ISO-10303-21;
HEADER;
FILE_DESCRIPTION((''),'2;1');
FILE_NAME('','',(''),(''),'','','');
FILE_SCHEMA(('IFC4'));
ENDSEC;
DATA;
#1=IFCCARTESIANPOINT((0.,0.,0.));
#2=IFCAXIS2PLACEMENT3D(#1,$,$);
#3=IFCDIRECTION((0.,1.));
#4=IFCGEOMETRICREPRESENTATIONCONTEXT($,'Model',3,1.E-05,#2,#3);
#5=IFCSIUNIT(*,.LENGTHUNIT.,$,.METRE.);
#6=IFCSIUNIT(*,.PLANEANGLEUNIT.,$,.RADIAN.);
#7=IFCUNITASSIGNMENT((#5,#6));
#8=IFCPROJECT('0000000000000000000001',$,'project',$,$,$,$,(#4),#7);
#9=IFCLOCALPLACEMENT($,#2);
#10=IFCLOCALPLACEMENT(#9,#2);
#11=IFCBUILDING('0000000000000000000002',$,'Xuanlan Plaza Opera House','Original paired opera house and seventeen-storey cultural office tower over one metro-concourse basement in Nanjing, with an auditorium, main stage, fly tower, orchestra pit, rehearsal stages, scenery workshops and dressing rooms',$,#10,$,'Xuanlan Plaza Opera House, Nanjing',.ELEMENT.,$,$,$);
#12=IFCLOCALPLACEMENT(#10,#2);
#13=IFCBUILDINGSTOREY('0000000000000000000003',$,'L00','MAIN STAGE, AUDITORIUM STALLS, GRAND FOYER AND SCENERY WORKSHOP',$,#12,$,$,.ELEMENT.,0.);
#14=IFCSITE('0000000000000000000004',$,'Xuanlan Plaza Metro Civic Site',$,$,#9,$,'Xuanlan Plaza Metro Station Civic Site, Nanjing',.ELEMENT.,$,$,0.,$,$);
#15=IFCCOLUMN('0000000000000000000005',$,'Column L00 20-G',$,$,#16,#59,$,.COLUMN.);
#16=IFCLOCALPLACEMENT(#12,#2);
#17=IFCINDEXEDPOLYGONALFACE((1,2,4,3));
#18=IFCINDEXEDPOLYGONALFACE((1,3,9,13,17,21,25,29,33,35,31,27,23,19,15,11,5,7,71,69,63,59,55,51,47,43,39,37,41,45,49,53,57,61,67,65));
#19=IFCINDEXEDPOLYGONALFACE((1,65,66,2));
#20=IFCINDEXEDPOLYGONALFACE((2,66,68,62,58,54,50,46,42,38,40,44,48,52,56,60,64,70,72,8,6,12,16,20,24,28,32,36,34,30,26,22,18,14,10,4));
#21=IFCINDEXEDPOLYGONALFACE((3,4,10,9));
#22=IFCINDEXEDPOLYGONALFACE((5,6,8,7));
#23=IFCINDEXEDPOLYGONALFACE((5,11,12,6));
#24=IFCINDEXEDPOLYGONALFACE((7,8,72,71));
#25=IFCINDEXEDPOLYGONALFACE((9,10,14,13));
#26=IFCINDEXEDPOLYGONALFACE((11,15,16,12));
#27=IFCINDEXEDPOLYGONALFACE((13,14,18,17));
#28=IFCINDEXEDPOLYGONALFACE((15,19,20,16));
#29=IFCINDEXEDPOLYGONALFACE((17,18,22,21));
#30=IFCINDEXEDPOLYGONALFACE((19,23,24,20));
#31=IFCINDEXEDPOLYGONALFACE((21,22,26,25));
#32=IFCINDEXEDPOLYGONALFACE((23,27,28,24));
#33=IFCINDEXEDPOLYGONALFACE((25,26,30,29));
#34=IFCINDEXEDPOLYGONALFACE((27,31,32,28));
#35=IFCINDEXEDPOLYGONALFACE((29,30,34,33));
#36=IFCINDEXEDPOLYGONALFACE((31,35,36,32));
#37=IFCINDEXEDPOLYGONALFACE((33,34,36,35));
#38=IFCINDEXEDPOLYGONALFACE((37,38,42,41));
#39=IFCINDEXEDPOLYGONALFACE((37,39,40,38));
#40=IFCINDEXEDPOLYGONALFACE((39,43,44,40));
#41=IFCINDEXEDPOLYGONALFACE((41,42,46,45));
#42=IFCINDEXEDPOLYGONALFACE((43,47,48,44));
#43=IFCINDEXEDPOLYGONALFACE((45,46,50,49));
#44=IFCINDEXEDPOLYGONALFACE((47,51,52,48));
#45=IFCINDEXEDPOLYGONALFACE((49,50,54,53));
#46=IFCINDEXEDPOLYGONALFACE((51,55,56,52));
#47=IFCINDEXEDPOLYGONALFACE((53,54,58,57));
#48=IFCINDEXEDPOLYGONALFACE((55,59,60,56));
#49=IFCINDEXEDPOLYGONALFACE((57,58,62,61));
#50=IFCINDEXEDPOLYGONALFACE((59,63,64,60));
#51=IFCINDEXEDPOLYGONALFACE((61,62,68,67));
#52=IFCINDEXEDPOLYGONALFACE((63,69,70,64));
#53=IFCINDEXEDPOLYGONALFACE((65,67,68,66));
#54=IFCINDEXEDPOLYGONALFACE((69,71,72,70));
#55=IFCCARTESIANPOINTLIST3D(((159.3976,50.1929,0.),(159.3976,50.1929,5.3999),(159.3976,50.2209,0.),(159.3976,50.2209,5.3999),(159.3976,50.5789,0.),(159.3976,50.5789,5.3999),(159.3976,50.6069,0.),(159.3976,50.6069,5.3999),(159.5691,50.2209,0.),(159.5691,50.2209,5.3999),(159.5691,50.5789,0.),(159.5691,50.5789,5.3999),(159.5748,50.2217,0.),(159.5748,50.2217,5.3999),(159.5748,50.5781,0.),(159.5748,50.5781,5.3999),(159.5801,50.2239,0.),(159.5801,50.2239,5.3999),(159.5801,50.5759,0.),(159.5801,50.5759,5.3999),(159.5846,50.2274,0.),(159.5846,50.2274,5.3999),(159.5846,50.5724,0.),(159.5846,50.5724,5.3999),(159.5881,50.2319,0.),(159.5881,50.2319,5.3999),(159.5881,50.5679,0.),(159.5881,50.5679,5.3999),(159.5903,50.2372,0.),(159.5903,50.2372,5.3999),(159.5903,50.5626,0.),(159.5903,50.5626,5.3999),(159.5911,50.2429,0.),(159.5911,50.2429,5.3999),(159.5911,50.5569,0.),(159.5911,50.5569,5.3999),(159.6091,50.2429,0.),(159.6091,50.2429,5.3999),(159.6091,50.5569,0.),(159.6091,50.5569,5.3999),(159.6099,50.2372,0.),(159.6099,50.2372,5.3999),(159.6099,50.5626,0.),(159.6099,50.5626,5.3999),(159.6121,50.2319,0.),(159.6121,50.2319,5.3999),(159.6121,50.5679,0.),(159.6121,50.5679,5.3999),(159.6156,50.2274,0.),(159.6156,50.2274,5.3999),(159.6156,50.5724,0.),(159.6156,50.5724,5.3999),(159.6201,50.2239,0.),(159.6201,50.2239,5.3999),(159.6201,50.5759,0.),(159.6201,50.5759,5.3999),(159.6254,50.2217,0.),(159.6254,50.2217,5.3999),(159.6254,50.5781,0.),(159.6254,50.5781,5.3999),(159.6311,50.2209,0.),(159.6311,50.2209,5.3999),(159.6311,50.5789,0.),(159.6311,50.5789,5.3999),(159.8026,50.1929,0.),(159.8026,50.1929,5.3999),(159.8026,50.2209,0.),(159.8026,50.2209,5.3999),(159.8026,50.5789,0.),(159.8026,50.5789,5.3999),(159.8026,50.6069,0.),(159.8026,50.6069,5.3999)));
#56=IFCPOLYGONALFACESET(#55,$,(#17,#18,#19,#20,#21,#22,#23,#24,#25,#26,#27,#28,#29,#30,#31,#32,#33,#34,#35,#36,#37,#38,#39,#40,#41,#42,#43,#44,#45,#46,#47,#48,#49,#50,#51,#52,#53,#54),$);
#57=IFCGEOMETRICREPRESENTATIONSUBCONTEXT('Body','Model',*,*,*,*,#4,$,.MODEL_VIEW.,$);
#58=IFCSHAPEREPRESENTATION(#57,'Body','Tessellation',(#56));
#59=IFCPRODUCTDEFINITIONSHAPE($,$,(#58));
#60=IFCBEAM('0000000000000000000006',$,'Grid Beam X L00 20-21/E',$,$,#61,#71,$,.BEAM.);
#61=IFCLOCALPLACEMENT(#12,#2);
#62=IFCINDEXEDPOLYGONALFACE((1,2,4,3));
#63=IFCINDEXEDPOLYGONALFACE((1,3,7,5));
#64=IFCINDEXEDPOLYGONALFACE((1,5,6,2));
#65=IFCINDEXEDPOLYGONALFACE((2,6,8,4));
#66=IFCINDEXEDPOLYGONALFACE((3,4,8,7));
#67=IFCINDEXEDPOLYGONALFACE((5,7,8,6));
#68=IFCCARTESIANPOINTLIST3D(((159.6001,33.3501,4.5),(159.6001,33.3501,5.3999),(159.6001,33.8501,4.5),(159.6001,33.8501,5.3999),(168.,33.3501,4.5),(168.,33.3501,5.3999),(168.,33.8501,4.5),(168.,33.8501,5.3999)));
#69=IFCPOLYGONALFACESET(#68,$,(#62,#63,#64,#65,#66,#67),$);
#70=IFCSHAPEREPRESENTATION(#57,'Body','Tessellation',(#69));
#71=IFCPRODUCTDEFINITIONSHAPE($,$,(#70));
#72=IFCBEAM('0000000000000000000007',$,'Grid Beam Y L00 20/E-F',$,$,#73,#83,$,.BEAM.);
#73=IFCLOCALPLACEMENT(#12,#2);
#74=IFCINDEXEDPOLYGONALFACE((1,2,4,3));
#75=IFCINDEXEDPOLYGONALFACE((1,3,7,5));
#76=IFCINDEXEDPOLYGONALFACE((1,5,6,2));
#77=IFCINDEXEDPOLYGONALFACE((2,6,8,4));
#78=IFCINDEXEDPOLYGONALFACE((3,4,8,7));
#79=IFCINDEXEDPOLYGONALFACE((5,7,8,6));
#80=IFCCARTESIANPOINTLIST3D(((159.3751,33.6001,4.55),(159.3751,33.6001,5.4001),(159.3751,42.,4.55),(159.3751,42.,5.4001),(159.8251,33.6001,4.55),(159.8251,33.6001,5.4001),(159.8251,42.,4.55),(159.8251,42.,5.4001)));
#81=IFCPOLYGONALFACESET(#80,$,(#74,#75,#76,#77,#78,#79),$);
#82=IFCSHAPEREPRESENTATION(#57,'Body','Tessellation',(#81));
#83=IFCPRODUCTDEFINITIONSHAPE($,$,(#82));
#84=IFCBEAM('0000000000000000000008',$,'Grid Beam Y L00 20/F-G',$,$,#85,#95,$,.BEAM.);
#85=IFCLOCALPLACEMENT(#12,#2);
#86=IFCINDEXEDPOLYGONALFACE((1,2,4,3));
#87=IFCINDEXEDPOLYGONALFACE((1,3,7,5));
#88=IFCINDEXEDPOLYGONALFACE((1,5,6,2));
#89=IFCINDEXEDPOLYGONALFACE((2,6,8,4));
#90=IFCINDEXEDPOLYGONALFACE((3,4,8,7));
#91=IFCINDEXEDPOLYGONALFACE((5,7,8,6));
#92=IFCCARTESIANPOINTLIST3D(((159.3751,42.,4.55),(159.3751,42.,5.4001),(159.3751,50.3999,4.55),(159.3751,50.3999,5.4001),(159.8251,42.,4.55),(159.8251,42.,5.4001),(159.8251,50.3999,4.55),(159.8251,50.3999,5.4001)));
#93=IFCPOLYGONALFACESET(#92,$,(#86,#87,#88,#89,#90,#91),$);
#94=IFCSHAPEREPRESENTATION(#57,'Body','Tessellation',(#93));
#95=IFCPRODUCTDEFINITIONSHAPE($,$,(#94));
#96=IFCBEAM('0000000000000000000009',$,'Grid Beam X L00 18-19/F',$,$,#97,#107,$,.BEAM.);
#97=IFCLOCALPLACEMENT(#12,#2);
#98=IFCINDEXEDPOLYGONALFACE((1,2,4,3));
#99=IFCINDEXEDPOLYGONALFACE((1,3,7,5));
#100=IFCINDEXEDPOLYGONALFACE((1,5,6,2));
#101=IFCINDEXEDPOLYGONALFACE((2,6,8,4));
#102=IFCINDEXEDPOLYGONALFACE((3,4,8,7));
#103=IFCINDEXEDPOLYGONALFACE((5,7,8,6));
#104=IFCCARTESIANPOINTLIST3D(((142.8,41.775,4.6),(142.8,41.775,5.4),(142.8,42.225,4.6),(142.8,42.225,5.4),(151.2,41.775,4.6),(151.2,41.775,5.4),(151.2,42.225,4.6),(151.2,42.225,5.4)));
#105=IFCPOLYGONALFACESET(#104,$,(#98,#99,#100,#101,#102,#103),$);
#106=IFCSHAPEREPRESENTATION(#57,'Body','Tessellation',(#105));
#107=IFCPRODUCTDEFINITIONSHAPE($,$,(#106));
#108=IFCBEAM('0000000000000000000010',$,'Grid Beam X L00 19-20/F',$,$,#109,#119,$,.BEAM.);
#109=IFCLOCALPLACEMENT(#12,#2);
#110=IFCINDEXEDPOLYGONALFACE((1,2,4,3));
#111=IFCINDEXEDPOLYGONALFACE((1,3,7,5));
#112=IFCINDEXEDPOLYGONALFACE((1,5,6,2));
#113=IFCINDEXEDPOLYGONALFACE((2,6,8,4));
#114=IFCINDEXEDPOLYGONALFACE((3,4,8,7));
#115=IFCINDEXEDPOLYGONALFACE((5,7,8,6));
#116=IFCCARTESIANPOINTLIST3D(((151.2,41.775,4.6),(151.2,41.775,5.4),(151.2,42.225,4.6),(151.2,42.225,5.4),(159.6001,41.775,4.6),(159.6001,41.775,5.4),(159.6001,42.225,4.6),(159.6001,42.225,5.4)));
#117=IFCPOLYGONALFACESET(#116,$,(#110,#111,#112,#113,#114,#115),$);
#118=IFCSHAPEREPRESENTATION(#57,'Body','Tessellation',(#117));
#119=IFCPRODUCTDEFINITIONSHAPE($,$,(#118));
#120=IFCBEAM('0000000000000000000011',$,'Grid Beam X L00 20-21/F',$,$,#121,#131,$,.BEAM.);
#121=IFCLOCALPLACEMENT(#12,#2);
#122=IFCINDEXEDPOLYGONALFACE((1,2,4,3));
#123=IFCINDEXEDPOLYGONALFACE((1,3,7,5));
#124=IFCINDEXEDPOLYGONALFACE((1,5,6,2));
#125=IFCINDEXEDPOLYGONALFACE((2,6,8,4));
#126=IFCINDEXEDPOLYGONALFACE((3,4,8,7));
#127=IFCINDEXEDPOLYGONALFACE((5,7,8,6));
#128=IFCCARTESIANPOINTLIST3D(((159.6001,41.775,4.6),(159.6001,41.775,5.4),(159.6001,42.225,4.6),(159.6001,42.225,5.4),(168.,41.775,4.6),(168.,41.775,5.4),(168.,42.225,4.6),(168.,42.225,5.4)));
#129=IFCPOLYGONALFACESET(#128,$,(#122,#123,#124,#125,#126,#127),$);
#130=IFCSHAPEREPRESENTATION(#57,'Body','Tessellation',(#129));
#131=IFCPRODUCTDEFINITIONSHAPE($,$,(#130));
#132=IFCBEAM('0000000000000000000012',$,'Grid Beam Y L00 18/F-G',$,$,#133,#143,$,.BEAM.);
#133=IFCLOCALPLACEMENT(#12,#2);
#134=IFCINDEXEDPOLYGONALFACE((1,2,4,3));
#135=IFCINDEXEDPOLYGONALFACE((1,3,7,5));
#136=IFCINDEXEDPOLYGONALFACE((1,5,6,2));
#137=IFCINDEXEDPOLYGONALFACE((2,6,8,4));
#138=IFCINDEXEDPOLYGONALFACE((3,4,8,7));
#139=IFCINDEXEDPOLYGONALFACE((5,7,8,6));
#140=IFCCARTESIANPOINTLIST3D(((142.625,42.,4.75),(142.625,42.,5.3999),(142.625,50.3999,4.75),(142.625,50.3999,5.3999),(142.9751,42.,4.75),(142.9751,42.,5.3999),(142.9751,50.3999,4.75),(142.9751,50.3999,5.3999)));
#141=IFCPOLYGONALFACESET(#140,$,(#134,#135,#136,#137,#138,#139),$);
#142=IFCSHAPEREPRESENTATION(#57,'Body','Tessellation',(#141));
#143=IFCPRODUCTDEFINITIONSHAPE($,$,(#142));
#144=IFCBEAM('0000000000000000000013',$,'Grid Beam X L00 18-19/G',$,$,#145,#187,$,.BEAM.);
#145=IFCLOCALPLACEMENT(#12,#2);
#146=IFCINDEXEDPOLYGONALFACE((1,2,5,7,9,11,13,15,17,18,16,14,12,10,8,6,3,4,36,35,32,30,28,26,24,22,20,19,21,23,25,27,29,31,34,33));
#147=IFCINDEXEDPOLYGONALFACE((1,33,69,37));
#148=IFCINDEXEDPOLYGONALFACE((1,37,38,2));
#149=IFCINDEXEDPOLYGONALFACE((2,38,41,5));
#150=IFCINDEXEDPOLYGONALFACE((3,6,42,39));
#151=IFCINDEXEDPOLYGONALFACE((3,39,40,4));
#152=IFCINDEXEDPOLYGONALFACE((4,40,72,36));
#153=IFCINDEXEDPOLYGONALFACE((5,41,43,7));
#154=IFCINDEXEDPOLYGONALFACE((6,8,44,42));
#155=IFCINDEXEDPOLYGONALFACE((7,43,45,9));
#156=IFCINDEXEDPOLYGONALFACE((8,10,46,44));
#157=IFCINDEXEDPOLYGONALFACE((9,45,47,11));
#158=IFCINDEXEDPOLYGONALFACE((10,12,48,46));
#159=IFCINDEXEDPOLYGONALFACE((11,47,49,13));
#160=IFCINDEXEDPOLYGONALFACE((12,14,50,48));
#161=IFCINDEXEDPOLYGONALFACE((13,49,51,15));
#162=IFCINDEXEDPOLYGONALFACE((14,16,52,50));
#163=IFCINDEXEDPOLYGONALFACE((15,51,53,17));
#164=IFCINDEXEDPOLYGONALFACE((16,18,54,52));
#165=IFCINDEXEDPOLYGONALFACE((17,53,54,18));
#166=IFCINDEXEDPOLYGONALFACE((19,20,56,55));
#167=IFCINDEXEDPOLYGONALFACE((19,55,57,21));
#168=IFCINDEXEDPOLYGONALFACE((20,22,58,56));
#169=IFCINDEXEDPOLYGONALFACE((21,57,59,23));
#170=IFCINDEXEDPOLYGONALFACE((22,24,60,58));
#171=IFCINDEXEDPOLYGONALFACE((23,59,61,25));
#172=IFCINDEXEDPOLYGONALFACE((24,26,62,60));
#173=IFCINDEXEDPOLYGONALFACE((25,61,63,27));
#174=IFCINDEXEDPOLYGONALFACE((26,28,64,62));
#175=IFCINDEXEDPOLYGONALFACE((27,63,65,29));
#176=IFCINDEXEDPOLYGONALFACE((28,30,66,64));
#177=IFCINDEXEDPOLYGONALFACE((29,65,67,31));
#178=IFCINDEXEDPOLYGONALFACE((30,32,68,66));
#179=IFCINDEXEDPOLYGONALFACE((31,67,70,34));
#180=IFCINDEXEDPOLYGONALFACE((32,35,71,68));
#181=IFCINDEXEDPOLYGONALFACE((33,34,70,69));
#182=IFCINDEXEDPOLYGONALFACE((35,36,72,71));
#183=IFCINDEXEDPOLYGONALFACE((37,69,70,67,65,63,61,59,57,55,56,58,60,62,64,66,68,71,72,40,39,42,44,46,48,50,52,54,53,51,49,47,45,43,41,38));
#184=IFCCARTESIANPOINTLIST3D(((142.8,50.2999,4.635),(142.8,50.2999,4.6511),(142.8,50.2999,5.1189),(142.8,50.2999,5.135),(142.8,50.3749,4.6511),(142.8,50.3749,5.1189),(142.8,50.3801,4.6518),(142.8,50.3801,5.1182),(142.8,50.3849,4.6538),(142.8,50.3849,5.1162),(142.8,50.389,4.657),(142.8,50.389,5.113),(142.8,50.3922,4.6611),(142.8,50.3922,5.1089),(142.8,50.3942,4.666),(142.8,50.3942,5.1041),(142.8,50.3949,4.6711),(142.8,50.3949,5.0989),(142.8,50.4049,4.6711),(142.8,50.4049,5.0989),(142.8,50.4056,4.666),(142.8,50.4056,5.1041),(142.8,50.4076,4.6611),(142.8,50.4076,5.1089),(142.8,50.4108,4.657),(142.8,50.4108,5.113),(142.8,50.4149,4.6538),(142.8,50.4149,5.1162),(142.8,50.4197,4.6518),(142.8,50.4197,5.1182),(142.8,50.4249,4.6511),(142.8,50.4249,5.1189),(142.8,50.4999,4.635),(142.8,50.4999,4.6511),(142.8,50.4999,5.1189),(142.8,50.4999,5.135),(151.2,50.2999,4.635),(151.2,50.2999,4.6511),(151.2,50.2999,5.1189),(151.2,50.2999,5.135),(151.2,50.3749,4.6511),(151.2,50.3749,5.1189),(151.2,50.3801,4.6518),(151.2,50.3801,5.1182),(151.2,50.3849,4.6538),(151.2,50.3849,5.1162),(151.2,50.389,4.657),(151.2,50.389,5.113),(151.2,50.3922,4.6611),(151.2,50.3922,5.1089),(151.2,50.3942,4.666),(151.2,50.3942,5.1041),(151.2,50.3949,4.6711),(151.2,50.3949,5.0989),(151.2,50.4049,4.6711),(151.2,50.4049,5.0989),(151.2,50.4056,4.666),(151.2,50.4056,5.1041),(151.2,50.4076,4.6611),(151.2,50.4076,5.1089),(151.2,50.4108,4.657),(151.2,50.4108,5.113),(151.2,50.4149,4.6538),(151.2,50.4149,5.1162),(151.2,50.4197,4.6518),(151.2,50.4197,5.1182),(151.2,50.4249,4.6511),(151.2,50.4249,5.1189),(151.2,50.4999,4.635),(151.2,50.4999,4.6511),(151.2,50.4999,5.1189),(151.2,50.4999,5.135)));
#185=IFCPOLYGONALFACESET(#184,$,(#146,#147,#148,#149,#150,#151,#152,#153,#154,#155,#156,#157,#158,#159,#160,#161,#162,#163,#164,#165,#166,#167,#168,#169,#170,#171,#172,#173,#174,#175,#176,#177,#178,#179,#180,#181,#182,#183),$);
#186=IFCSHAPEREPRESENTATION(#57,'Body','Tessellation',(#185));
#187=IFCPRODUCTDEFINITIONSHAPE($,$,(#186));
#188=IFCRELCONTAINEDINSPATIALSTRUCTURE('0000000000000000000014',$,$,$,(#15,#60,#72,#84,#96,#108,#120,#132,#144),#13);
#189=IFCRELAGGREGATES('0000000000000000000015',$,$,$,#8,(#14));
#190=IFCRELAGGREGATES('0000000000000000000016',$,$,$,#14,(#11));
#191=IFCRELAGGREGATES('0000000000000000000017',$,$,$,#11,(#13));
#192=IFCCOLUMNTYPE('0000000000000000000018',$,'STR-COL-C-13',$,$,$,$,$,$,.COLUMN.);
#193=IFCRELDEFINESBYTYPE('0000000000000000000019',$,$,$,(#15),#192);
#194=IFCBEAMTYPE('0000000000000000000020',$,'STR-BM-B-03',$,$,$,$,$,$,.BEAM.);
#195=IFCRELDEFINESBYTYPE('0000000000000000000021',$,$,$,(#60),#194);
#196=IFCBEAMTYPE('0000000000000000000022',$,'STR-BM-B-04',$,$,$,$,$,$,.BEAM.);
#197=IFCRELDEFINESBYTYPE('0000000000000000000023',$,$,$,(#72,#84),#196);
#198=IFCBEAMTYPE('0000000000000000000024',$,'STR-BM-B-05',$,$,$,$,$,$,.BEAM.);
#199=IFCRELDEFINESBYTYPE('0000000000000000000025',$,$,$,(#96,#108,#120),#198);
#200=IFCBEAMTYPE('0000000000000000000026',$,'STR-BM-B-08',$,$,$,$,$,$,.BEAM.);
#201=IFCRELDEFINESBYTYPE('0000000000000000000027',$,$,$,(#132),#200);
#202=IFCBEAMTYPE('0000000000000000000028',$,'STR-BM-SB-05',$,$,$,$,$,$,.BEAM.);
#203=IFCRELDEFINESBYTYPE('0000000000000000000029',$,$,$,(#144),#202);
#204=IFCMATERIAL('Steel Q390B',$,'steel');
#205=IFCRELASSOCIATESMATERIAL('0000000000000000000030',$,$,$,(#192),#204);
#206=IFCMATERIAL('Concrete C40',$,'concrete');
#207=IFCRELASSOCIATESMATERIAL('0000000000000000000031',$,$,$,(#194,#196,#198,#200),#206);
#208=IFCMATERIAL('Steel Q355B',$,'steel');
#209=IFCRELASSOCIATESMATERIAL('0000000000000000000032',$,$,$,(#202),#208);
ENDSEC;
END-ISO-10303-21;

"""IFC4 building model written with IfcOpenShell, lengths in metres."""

from ifc_helpers import new_model, si_unit, direction, frame, origin, origin_2d, place, context, subcontext, project, spatial, rectangle, i_section, extrude, material, material_profile, profile_set, type_object, element, save


model = new_model("IFC4")

# Units and contexts
model_context = context("Model", 3, precision=1e-05, world=origin(), true_north=direction((0.0, 1.0)))
body_context = subcontext(model_context, "Body", "Model", "MODEL_VIEW")
ifc_project = project(units=[si_unit("LENGTHUNIT", "METRE"), si_unit("PLANEANGLEUNIT", "RADIAN")], contexts=[model_context])

# Site, building, storey
site_placement = place(None, origin())
site = spatial("IfcSite", under=ifc_project, at=site_placement, Name="Xuanlan Plaza Metro Civic Site", LongName="Xuanlan Plaza Metro Station Civic Site, Nanjing", CompositionType="ELEMENT", RefElevation=0.0)
building_placement = place(site_placement, origin())
building = spatial("IfcBuilding", under=site, at=building_placement, Name="Xuanlan Plaza Opera House", Description="Original paired opera house and seventeen-storey cultural office tower over one metro-concourse basement in Nanjing, with an auditorium, main stage, fly tower, orchestra pit, rehearsal stages, scenery workshops and dressing rooms", LongName="Xuanlan Plaza Opera House, Nanjing", CompositionType="ELEMENT")
storey_placement = place(building_placement, origin())
storey = spatial("IfcBuildingStorey", under=building, at=storey_placement, Name="L00", Description="MAIN STAGE, AUDITORIUM STALLS, GRAND FOYER AND SCENERY WORKSHOP", CompositionType="ELEMENT", Elevation=0.0)

# Column
ifc_material_1 = material(Name="Steel Q390B", Category="steel")
ifc_material_profile_1 = material_profile(ifc_material_1, i_section(OverallWidth=0.405, OverallDepth=0.4141, WebThickness=0.0181, FlangeThickness=0.0281, FilletRadius=0.022, at=origin_2d()), Name="HW 414x405x18x28")
ifc_profile_set_1 = profile_set([ifc_material_profile_1], Name="Steel Q390B")
column_type_1 = type_object("IfcColumnType", Name="STR-COL-C-13", PredefinedType="COLUMN", material=ifc_profile_set_1)
for number, where, z_axis, x_axis, name in (
    (1, (159.6001, 50.3999, 0.0), (0.0, 0.0, 1.0), (1.0, 0.0, 0.0), "Column L00 20-G"),
):
    element("IfcColumn", number, at=place(storey_placement, frame(where, z_axis=z_axis, x_axis=x_axis)), inside=storey, type_object=column_type_1, Name=name, PredefinedType="COLUMN", context=body_context, shape_type="SweptSolid", body=[
        extrude(i_section(OverallWidth=0.405, OverallDepth=0.4141, WebThickness=0.0181, FlangeThickness=0.0281, FilletRadius=0.022, at=origin_2d()), origin(), (0.0, 0.0, 1.0), 5.3999),
    ])

# Beams
ifc_material_2 = material(Name="Concrete C40", Category="concrete")
ifc_material_profile_2 = material_profile(ifc_material_2, rectangle(XDim=0.5, YDim=0.8999, at=origin_2d()), Name="RC-BM 500x900")
ifc_profile_set_2 = profile_set([ifc_material_profile_2], Name="Concrete C40")
beam_type_1 = type_object("IfcBeamType", Name="STR-BM-B-03", PredefinedType="BEAM", material=ifc_profile_set_2)
beam_1_placement = place(storey_placement, frame((159.6001, 33.6001, 4.95), z_axis=(1.0, 0.0, 0.0), x_axis=(0.0, 1.0, 0.0)))
element("IfcBeam", 2, at=beam_1_placement, inside=storey, type_object=beam_type_1, Name="Grid Beam X L00 20-21/E", PredefinedType="BEAM", context=body_context, shape_type="SweptSolid", body=[
    extrude(rectangle(XDim=0.5, YDim=0.8999, at=origin_2d()), origin(), (0.0, 0.0, 1.0), 8.3999),
])
ifc_material_profile_3 = material_profile(ifc_material_2, rectangle(XDim=0.45, YDim=0.8501, at=origin_2d()), Name="RC-BM 450x850")
ifc_profile_set_3 = profile_set([ifc_material_profile_3], Name="Concrete C40")
beam_type_2 = type_object("IfcBeamType", Name="STR-BM-B-04", PredefinedType="BEAM", material=ifc_profile_set_3)
for number, where, z_axis, x_axis, name in (
    (3, (159.6001, 33.6001, 4.9751), (0.0, 1.0, 0.0), (-1.0, 0.0, 0.0), "Grid Beam Y L00 20/E-F"),
    (4, (159.6001, 42.0, 4.9751), (0.0, 1.0, 0.0), (-1.0, 0.0, 0.0), "Grid Beam Y L00 20/F-G"),
):
    element("IfcBeam", number, at=place(storey_placement, frame(where, z_axis=z_axis, x_axis=x_axis)), inside=storey, type_object=beam_type_2, Name=name, PredefinedType="BEAM", context=body_context, shape_type="SweptSolid", body=[
        extrude(rectangle(XDim=0.45, YDim=0.8501, at=origin_2d()), origin(), (0.0, 0.0, 1.0), 8.3999),
    ])
ifc_material_profile_4 = material_profile(ifc_material_2, rectangle(XDim=0.45, YDim=0.8, at=origin_2d()), Name="RC-BM 450x800")
ifc_profile_set_4 = profile_set([ifc_material_profile_4], Name="Concrete C40")
beam_type_3 = type_object("IfcBeamType", Name="STR-BM-B-05", PredefinedType="BEAM", material=ifc_profile_set_4)
beam_2_placement = place(storey_placement, frame((142.8, 42.0, 5.0), z_axis=(1.0, 0.0, 0.0), x_axis=(0.0, 1.0, 0.0)))
element("IfcBeam", 5, at=beam_2_placement, inside=storey, type_object=beam_type_3, Name="Grid Beam X L00 18-19/F", PredefinedType="BEAM", context=body_context, shape_type="SweptSolid", body=[
    extrude(rectangle(XDim=0.45, YDim=0.8, at=origin_2d()), origin(), (0.0, 0.0, 1.0), 8.3999),
])
beam_3_placement = place(storey_placement, frame((151.2, 42.0, 5.0), z_axis=(1.0, 0.0, 0.0), x_axis=(0.0, 1.0, 0.0)))
element("IfcBeam", 6, at=beam_3_placement, inside=storey, type_object=beam_type_3, Name="Grid Beam X L00 19-20/F", PredefinedType="BEAM", context=body_context, shape_type="SweptSolid", body=[
    extrude(rectangle(XDim=0.45, YDim=0.8, at=origin_2d()), origin(), (0.0, 0.0, 1.0), 8.4001),
])
beam_4_placement = place(storey_placement, frame((159.6001, 42.0, 5.0), z_axis=(1.0, 0.0, 0.0), x_axis=(0.0, 1.0, 0.0)))
element("IfcBeam", 7, at=beam_4_placement, inside=storey, type_object=beam_type_3, Name="Grid Beam X L00 20-21/F", PredefinedType="BEAM", context=body_context, shape_type="SweptSolid", body=[
    extrude(rectangle(XDim=0.45, YDim=0.8, at=origin_2d()), origin(), (0.0, 0.0, 1.0), 8.3999),
])
ifc_material_profile_5 = material_profile(ifc_material_2, rectangle(XDim=0.3501, YDim=0.6499, at=origin_2d()), Name="RC-BM 350x650")
ifc_profile_set_5 = profile_set([ifc_material_profile_5], Name="Concrete C40")
beam_type_4 = type_object("IfcBeamType", Name="STR-BM-B-08", PredefinedType="BEAM", material=ifc_profile_set_5)
beam_5_placement = place(storey_placement, frame((142.8, 42.0, 5.075), z_axis=(0.0, 1.0, 0.0), x_axis=(-1.0, 0.0, 0.0)))
element("IfcBeam", 8, at=beam_5_placement, inside=storey, type_object=beam_type_4, Name="Grid Beam Y L00 18/F-G", PredefinedType="BEAM", context=body_context, shape_type="SweptSolid", body=[
    extrude(rectangle(XDim=0.3501, YDim=0.6499, at=origin_2d()), origin(), (0.0, 0.0, 1.0), 8.3999),
])
ifc_material_3 = material(Name="Steel Q355B", Category="steel")
ifc_material_profile_6 = material_profile(ifc_material_3, i_section(OverallWidth=0.2, OverallDepth=0.5, WebThickness=0.01, FlangeThickness=0.0161, FilletRadius=0.02, at=origin_2d()), Name="HN 500x200x10x16")
ifc_profile_set_6 = profile_set([ifc_material_profile_6], Name="Steel Q355B")
beam_type_5 = type_object("IfcBeamType", Name="STR-BM-SB-05", PredefinedType="BEAM", material=ifc_profile_set_6)
beam_6_placement = place(storey_placement, frame((142.8, 50.3999, 4.885), z_axis=(1.0, 0.0, 0.0), x_axis=(0.0, 1.0, 0.0)))
element("IfcBeam", 9, at=beam_6_placement, inside=storey, type_object=beam_type_5, Name="Grid Beam X L00 18-19/G", PredefinedType="BEAM", context=body_context, shape_type="SweptSolid", body=[
    extrude(i_section(OverallWidth=0.2, OverallDepth=0.5, WebThickness=0.01, FlangeThickness=0.0161, FilletRadius=0.02, at=origin_2d()), origin(), (0.0, 0.0, 1.0), 8.3999),
])

save(model, "model.ifc")
